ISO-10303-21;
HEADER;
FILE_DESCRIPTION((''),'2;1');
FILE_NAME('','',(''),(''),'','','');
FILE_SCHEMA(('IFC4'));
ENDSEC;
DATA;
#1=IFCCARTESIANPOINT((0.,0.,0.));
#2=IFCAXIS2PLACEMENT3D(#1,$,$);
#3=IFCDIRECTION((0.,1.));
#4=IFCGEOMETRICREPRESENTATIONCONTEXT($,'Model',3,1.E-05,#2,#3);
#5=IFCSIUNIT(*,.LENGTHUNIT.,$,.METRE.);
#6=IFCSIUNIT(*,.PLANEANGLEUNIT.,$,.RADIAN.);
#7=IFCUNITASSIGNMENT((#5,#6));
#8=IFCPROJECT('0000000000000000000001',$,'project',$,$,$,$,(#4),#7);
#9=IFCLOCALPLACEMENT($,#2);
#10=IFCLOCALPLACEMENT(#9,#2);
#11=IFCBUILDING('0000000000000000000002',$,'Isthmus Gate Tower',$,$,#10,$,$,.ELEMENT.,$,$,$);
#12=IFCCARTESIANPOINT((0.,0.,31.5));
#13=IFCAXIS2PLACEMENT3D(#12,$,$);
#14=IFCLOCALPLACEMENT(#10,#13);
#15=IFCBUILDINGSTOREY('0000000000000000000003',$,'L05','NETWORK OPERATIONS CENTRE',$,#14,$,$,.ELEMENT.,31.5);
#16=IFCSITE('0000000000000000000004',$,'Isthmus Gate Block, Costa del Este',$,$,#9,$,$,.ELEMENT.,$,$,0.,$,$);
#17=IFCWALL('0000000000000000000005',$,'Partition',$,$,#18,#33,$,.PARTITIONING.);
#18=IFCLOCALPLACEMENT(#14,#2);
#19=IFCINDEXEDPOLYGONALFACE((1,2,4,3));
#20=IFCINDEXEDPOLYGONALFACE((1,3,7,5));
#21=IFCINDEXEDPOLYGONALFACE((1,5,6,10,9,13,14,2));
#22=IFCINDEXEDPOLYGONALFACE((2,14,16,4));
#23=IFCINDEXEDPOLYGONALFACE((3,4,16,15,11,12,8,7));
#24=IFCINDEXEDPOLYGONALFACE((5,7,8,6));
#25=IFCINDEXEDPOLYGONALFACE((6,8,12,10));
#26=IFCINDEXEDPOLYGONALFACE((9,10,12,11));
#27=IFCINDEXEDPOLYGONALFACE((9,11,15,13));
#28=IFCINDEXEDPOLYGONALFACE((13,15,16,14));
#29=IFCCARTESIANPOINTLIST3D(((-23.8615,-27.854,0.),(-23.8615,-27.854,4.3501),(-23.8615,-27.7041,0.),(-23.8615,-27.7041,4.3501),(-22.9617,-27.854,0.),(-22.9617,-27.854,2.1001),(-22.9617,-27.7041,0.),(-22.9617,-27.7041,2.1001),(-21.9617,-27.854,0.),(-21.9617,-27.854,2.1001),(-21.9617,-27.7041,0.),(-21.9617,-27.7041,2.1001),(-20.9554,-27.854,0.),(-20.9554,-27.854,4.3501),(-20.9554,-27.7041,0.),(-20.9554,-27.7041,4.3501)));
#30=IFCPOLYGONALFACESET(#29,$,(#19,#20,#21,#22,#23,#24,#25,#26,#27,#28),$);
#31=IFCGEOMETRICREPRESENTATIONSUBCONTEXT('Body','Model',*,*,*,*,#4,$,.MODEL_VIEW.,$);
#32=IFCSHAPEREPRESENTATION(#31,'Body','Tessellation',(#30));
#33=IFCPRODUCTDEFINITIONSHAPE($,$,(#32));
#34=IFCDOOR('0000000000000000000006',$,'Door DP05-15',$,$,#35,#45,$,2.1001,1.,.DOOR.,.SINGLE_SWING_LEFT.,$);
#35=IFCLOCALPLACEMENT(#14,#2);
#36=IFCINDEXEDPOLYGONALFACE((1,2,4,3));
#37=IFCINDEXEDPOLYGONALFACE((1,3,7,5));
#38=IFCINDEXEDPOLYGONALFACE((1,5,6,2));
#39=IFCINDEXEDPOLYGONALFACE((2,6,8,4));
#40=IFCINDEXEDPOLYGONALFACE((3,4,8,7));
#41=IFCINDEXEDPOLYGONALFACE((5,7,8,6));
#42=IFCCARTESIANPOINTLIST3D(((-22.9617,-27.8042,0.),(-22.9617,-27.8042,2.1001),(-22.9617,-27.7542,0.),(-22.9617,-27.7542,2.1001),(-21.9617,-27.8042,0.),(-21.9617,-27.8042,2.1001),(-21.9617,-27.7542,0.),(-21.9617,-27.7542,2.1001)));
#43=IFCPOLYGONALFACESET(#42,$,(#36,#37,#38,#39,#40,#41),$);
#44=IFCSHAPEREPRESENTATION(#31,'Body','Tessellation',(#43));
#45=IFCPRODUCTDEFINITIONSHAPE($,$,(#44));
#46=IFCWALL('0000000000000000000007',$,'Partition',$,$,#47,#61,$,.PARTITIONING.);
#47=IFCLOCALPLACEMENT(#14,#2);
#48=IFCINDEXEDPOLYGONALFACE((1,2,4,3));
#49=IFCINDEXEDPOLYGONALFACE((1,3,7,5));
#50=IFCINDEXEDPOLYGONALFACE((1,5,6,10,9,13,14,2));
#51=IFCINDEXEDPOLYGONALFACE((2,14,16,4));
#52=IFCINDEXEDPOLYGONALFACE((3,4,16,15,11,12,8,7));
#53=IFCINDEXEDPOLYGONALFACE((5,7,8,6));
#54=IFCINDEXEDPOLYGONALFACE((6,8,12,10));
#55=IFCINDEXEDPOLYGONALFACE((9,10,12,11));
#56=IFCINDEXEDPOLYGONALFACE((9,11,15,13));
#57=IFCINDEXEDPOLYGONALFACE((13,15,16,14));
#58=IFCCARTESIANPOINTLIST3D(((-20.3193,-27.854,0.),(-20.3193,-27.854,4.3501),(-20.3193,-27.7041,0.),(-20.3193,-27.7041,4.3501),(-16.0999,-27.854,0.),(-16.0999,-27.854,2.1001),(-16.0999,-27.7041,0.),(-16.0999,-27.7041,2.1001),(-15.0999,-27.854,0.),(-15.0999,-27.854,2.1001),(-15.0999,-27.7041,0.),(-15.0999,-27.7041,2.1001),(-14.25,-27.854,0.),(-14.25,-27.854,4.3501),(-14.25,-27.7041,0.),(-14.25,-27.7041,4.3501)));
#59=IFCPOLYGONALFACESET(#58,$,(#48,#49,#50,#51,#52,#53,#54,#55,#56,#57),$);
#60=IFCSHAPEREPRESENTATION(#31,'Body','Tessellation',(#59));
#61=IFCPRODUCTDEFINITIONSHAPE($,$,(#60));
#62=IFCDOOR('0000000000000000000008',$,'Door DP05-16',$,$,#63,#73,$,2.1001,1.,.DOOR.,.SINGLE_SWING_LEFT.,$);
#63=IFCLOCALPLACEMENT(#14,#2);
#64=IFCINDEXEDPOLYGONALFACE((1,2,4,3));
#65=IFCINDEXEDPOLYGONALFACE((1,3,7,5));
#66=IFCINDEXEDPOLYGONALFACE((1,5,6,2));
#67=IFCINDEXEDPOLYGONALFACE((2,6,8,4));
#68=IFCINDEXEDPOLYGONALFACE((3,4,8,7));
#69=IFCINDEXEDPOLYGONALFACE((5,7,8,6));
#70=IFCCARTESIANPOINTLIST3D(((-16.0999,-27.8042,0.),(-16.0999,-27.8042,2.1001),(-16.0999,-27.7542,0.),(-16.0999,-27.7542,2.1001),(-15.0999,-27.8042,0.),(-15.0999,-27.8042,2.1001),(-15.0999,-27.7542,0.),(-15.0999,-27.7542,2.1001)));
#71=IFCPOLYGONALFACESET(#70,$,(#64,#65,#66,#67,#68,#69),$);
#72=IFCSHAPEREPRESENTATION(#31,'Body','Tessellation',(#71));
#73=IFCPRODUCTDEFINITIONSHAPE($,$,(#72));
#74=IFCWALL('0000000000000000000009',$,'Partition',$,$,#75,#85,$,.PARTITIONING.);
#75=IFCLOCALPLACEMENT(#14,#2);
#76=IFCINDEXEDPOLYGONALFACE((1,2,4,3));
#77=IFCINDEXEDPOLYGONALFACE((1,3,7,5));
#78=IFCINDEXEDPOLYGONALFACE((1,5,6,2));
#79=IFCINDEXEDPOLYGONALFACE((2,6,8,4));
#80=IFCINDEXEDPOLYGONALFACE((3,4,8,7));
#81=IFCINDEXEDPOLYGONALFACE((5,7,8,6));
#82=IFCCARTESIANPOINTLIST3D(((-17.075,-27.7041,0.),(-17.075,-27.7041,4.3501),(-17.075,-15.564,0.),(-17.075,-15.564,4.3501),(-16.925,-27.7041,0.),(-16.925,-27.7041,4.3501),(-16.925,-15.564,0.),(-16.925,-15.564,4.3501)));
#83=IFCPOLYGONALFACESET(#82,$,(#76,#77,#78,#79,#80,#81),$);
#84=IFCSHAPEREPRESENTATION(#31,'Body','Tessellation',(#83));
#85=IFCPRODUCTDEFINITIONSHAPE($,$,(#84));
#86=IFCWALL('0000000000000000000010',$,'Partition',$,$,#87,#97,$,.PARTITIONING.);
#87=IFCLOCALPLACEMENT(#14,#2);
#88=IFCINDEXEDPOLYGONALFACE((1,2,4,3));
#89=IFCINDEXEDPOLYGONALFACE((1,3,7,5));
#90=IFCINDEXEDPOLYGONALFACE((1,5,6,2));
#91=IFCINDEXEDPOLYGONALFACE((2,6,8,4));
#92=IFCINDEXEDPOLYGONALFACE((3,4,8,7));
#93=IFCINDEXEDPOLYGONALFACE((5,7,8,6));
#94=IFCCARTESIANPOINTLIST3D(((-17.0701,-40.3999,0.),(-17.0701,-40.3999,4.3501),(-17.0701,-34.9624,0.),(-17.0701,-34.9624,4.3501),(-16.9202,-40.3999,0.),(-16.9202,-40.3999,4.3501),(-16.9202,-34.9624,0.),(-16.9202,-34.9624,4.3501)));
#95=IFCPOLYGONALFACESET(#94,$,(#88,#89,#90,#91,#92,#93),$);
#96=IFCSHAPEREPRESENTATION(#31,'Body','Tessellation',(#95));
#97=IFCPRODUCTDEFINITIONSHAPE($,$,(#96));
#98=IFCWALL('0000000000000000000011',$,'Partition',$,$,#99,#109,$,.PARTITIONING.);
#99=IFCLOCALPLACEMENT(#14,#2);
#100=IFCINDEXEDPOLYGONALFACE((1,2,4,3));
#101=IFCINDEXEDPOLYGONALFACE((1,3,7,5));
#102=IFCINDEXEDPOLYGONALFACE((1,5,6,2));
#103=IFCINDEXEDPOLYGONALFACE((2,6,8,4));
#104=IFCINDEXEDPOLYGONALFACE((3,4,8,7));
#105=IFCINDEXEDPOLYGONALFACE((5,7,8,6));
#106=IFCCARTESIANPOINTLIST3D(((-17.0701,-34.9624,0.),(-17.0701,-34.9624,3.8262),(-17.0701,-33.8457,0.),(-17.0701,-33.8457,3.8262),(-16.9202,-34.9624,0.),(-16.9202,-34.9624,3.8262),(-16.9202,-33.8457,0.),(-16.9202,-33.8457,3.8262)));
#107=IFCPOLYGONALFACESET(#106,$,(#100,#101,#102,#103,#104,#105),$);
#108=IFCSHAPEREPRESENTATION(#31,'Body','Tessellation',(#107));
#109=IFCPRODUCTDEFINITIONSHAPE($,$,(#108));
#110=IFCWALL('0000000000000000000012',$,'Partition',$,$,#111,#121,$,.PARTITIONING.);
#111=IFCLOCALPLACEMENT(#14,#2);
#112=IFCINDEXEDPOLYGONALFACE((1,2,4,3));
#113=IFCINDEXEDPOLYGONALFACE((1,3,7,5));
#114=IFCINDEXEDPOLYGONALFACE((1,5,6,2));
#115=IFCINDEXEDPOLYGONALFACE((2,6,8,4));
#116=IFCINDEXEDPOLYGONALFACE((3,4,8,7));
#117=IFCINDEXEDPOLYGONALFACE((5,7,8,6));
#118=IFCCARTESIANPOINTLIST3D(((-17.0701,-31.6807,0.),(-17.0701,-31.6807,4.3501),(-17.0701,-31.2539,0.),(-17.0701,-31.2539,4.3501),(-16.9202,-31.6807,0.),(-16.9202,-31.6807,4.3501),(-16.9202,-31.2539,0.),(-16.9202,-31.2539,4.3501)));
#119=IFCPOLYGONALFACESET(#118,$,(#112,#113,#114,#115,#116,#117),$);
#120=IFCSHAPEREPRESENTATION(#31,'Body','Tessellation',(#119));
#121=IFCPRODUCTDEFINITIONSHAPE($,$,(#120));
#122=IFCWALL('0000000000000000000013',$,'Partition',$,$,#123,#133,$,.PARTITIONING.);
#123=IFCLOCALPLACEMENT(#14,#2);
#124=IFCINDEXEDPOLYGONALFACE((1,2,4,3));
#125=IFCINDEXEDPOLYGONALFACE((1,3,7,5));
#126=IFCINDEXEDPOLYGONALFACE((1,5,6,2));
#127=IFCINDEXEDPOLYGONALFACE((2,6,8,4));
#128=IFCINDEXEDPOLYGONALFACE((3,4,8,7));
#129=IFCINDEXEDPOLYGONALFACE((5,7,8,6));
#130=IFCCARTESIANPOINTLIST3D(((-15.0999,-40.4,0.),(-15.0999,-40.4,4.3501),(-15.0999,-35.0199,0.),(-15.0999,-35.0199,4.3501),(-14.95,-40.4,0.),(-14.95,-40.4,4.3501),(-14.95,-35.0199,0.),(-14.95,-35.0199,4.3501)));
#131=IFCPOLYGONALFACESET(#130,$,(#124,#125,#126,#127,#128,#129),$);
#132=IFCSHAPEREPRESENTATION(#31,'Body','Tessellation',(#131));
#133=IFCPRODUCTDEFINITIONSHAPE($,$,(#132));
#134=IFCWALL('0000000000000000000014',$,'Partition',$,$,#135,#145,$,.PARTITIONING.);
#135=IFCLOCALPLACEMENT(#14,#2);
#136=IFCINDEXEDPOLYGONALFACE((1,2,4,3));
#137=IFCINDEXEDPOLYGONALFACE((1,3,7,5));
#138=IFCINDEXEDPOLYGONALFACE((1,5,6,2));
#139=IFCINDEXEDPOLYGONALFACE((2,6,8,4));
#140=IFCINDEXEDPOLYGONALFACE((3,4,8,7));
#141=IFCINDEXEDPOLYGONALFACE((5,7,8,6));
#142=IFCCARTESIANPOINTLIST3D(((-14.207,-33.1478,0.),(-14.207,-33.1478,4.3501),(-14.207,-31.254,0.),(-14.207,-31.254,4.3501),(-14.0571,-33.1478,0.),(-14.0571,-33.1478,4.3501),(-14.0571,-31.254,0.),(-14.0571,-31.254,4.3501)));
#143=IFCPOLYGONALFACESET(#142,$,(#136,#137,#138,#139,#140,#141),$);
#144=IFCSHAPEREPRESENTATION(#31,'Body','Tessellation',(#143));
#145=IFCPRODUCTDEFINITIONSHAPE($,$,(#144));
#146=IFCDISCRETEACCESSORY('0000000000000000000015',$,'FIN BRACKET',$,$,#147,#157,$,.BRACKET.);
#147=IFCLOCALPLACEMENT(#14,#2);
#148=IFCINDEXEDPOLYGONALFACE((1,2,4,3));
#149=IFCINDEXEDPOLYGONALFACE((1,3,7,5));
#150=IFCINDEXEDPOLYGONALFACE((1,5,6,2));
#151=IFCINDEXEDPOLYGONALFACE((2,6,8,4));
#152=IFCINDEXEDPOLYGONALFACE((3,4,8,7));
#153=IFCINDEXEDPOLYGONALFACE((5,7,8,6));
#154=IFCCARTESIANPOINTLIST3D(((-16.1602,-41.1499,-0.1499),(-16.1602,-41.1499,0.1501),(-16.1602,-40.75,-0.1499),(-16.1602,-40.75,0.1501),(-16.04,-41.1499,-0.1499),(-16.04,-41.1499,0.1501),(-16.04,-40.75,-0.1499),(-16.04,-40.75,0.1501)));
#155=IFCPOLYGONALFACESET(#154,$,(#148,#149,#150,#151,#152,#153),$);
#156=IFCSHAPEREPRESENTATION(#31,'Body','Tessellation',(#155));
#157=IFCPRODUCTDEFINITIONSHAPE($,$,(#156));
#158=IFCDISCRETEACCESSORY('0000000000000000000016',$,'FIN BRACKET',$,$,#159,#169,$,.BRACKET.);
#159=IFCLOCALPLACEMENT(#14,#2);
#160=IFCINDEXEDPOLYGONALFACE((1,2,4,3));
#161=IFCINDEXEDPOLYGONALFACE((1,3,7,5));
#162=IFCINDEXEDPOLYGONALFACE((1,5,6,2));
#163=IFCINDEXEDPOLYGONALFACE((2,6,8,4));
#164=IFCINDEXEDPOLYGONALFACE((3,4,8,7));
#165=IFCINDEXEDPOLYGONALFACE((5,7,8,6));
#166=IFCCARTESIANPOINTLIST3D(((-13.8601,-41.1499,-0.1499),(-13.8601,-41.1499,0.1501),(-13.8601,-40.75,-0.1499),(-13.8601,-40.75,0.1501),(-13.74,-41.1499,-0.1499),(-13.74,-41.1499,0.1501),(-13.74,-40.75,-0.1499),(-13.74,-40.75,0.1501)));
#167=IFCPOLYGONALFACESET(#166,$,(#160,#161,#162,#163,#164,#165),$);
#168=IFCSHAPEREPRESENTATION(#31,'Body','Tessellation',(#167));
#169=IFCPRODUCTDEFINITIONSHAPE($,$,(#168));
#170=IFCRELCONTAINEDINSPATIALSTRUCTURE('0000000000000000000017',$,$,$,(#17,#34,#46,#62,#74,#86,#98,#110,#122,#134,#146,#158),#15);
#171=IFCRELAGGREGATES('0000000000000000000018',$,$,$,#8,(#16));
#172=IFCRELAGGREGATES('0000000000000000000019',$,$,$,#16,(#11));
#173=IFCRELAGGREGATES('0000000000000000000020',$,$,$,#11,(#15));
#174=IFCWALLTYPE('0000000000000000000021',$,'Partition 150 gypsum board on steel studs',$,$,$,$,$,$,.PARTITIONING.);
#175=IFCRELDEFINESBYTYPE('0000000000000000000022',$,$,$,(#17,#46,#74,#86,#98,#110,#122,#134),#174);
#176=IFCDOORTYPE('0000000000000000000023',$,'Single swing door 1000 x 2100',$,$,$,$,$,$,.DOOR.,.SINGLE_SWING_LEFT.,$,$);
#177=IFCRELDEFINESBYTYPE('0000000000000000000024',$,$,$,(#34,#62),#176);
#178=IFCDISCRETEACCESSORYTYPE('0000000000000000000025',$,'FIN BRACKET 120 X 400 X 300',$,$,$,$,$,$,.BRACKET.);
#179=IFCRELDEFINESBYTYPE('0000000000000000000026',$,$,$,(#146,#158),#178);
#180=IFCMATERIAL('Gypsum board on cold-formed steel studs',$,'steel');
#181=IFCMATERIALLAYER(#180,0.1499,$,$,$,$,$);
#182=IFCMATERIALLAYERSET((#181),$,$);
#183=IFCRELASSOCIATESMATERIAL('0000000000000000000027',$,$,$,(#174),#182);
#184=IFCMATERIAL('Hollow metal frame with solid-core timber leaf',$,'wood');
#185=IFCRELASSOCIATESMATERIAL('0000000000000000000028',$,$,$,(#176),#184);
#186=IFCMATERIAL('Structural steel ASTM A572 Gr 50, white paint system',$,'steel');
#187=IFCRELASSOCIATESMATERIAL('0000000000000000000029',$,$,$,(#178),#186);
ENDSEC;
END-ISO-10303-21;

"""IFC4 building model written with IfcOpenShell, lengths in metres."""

from ifc_helpers import new_model, si_unit, direction, frame, frame_2d, origin, origin_2d, place, context, subcontext, project, spatial, rectangle, extrude, material, layer, layer_set, type_object, element, fill, save


model = new_model("IFC4")

# Units and contexts
model_context = context("Model", 3, precision=1e-05, world=origin(), true_north=direction((0.0, 1.0)))
body_context = subcontext(model_context, "Body", "Model", "MODEL_VIEW")
ifc_project = project(units=[si_unit("LENGTHUNIT", "METRE"), si_unit("PLANEANGLEUNIT", "RADIAN")], contexts=[model_context])

# Site, building, storey
site_placement = place(None, origin())
site = spatial("IfcSite", under=ifc_project, at=site_placement, Name="Isthmus Gate Block, Costa del Este", CompositionType="ELEMENT", RefElevation=0.0)
building_placement = place(site_placement, origin())
building = spatial("IfcBuilding", under=site, at=building_placement, Name="Isthmus Gate Tower", CompositionType="ELEMENT")
storey_placement = place(building_placement, frame((0.0, 0.0, 31.5)))
storey = spatial("IfcBuildingStorey", under=building, at=storey_placement, Name="L05", Description="NETWORK OPERATIONS CENTRE", CompositionType="ELEMENT", Elevation=31.5)

# Shared definitions
ifc_material_1 = material(Name="Gypsum board on cold-formed steel studs", Category="steel")
ifc_layer_1 = layer(ifc_material_1, 0.1499)
ifc_layer_set_1 = layer_set([ifc_layer_1])
wall_type_1 = type_object("IfcWallType", Name="Partition 150 gypsum board on steel studs", PredefinedType="PARTITIONING", material=ifc_layer_set_1)

# Shared definitions
ifc_material_2 = material(Name="Hollow metal frame with solid-core timber leaf", Category="wood")
door_type = type_object("IfcDoorType", Name="Single swing door 1000 x 2100", OperationType="SINGLE_SWING_LEFT", PredefinedType="DOOR", material=ifc_material_2)

# Walls, openings, doors
wall_1_placement = place(storey_placement, frame((-23.8616, -27.7791, 0.0), z_axis=(0.0, 0.0, 1.0), x_axis=(1.0, 0.0, 0.0)))
wall_1 = element("IfcWall", 1, at=wall_1_placement, inside=storey, type_object=wall_type_1, Name="Partition", PredefinedType="PARTITIONING", context=body_context, shape_type="SweptSolid", body=[
    extrude(rectangle(XDim=2.906, YDim=0.1499, at=frame_2d((1.4531, 0.0))), origin(), (0.0, 0.0, 1.0), 4.3501),
])
opening_1_placement = place(wall_1_placement, frame((0.8999, 0.0, 0.0)))
opening_1 = element("IfcOpeningElement", 2, at=opening_1_placement, cuts=wall_1, PredefinedType="OPENING", context=body_context, shape_type="SweptSolid", body=[
    extrude(rectangle(XDim=1.0, YDim=2.1001, at=frame_2d((0.5, 1.05))), frame((0.0, 0.085, 0.0), z_axis=(0.0, -1.0, 0.0), x_axis=(1.0, 0.0, 0.0)), (0.0, 0.0, 1.0), 0.1699),
])
door_1_placement = place(opening_1_placement, origin())
door_1 = element("IfcDoor", 3, at=door_1_placement, inside=storey, type_object=door_type, Name="Door DP05-15", OperationType="SINGLE_SWING_LEFT", OverallHeight=2.1001, OverallWidth=1.0, PredefinedType="DOOR", context=body_context, shape_type="SweptSolid", body=[
    extrude(rectangle(XDim=1.0, YDim=2.1001, at=frame_2d((0.5, 1.05))), frame((0.0, 0.0249, 0.0), z_axis=(0.0, -1.0, 0.0), x_axis=(1.0, 0.0, 0.0)), (0.0, 0.0, 1.0), 0.05),
])
fill(opening_1, door_1)
wall_2_placement = place(storey_placement, frame((-20.3193, -27.7791, 0.0), z_axis=(0.0, 0.0, 1.0), x_axis=(1.0, 0.0, 0.0)))
wall_2 = element("IfcWall", 4, at=wall_2_placement, inside=storey, type_object=wall_type_1, Name="Partition", PredefinedType="PARTITIONING", context=body_context, shape_type="SweptSolid", body=[
    extrude(rectangle(XDim=6.0693, YDim=0.1499, at=frame_2d((3.0347, 0.0))), origin(), (0.0, 0.0, 1.0), 4.3501),
])
opening_2_placement = place(wall_2_placement, frame((4.2195, 0.0, 0.0)))
opening_2 = element("IfcOpeningElement", 5, at=opening_2_placement, cuts=wall_2, PredefinedType="OPENING", context=body_context, shape_type="SweptSolid", body=[
    extrude(rectangle(XDim=1.0, YDim=2.1001, at=frame_2d((0.5, 1.05))), frame((0.0, 0.085, 0.0), z_axis=(0.0, -1.0, 0.0), x_axis=(1.0, 0.0, 0.0)), (0.0, 0.0, 1.0), 0.1699),
])
door_2_placement = place(opening_2_placement, origin())
door_2 = element("IfcDoor", 6, at=door_2_placement, inside=storey, type_object=door_type, Name="Door DP05-16", OperationType="SINGLE_SWING_LEFT", OverallHeight=2.1001, OverallWidth=1.0, PredefinedType="DOOR", context=body_context, shape_type="SweptSolid", body=[
    extrude(rectangle(XDim=1.0, YDim=2.1001, at=frame_2d((0.5, 1.05))), frame((0.0, 0.0249, 0.0), z_axis=(0.0, -1.0, 0.0), x_axis=(1.0, 0.0, 0.0)), (0.0, 0.0, 1.0), 0.05),
])
fill(opening_2, door_2)

# Walls
wall_3_placement = place(storey_placement, frame((-17.0, -27.7041, 0.0), z_axis=(0.0, 0.0, 1.0), x_axis=(0.0, 1.0, 0.0)))
element("IfcWall", 7, at=wall_3_placement, inside=storey, type_object=wall_type_1, Name="Partition", PredefinedType="PARTITIONING", context=body_context, shape_type="SweptSolid", body=[
    extrude(rectangle(XDim=12.1401, YDim=0.1499, at=frame_2d((6.0701, 0.0))), origin(), (0.0, 0.0, 1.0), 4.3501),
])
wall_4_placement = place(storey_placement, frame((-16.9951, -40.3999, 0.0), z_axis=(0.0, 0.0, 1.0), x_axis=(0.0, 1.0, 0.0)))
element("IfcWall", 8, at=wall_4_placement, inside=storey, type_object=wall_type_1, Name="Partition", PredefinedType="PARTITIONING", context=body_context, shape_type="SweptSolid", body=[
    extrude(rectangle(XDim=5.4375, YDim=0.1499, at=frame_2d((2.7188, 0.0))), origin(), (0.0, 0.0, 1.0), 4.3501),
])
wall_5_placement = place(storey_placement, frame((-16.9951, -34.9624, 0.0), z_axis=(0.0, 0.0, 1.0), x_axis=(0.0, 1.0, 0.0)))
element("IfcWall", 9, at=wall_5_placement, inside=storey, type_object=wall_type_1, Name="Partition", PredefinedType="PARTITIONING", context=body_context, shape_type="SweptSolid", body=[
    extrude(rectangle(XDim=1.1167, YDim=0.1499, at=frame_2d((0.5583, 0.0))), origin(), (0.0, 0.0, 1.0), 3.8262),
])
wall_6_placement = place(storey_placement, frame((-16.9951, -31.6807, 0.0), z_axis=(0.0, 0.0, 1.0), x_axis=(0.0, 1.0, 0.0)))
element("IfcWall", 10, at=wall_6_placement, inside=storey, type_object=wall_type_1, Name="Partition", PredefinedType="PARTITIONING", context=body_context, shape_type="SweptSolid", body=[
    extrude(rectangle(XDim=0.4268, YDim=0.1499, at=frame_2d((0.2134, 0.0))), origin(), (0.0, 0.0, 1.0), 4.3501),
])
wall_7_placement = place(storey_placement, frame((-15.0249, -40.3999, 0.0), z_axis=(0.0, 0.0, 1.0), x_axis=(0.0, 1.0, 0.0)))
element("IfcWall", 11, at=wall_7_placement, inside=storey, type_object=wall_type_1, Name="Partition", PredefinedType="PARTITIONING", context=body_context, shape_type="SweptSolid", body=[
    extrude(rectangle(XDim=5.3801, YDim=0.1499, at=frame_2d((2.6899, 0.0))), origin(), (0.0, 0.0, 1.0), 4.3501),
])
wall_8_placement = place(storey_placement, frame((-14.1321, -33.1477, 0.0), z_axis=(0.0, 0.0, 1.0), x_axis=(0.0, 1.0, 0.0)))
element("IfcWall", 12, at=wall_8_placement, inside=storey, type_object=wall_type_1, Name="Partition", PredefinedType="PARTITIONING", context=body_context, shape_type="SweptSolid", body=[
    extrude(rectangle(XDim=1.8938, YDim=0.1499, at=frame_2d((0.9468, 0.0))), origin(), (0.0, 0.0, 1.0), 4.3501),
])

# Discrete accessories
ifc_material_3 = material(Name="Structural steel ASTM A572 Gr 50, white paint system", Category="steel")
discrete_accessory_type = type_object("IfcDiscreteAccessoryType", Name="FIN BRACKET 120 X 400 X 300", PredefinedType="BRACKET", material=ifc_material_3)
for number, where, z_axis, x_axis, name in (
    (13, (-16.1001, -40.95, -0.1499), (0.0, 0.0, 1.0), (0.0, -1.0, 0.0), "FIN BRACKET"),
    (14, (-13.8, -40.95, -0.1499), (0.0, 0.0, 1.0), (0.0, -1.0, 0.0), "FIN BRACKET"),
):
    element("IfcDiscreteAccessory", number, at=place(storey_placement, frame(where, z_axis=z_axis, x_axis=x_axis)), inside=storey, type_object=discrete_accessory_type, Name=name, PredefinedType="BRACKET", context=body_context, shape_type="SweptSolid", body=[
        extrude(rectangle(XDim=0.3999, YDim=0.1201, at=origin_2d()), origin(), (0.0, 0.0, 1.0), 0.3),
    ])

save(model, "model.ifc")
